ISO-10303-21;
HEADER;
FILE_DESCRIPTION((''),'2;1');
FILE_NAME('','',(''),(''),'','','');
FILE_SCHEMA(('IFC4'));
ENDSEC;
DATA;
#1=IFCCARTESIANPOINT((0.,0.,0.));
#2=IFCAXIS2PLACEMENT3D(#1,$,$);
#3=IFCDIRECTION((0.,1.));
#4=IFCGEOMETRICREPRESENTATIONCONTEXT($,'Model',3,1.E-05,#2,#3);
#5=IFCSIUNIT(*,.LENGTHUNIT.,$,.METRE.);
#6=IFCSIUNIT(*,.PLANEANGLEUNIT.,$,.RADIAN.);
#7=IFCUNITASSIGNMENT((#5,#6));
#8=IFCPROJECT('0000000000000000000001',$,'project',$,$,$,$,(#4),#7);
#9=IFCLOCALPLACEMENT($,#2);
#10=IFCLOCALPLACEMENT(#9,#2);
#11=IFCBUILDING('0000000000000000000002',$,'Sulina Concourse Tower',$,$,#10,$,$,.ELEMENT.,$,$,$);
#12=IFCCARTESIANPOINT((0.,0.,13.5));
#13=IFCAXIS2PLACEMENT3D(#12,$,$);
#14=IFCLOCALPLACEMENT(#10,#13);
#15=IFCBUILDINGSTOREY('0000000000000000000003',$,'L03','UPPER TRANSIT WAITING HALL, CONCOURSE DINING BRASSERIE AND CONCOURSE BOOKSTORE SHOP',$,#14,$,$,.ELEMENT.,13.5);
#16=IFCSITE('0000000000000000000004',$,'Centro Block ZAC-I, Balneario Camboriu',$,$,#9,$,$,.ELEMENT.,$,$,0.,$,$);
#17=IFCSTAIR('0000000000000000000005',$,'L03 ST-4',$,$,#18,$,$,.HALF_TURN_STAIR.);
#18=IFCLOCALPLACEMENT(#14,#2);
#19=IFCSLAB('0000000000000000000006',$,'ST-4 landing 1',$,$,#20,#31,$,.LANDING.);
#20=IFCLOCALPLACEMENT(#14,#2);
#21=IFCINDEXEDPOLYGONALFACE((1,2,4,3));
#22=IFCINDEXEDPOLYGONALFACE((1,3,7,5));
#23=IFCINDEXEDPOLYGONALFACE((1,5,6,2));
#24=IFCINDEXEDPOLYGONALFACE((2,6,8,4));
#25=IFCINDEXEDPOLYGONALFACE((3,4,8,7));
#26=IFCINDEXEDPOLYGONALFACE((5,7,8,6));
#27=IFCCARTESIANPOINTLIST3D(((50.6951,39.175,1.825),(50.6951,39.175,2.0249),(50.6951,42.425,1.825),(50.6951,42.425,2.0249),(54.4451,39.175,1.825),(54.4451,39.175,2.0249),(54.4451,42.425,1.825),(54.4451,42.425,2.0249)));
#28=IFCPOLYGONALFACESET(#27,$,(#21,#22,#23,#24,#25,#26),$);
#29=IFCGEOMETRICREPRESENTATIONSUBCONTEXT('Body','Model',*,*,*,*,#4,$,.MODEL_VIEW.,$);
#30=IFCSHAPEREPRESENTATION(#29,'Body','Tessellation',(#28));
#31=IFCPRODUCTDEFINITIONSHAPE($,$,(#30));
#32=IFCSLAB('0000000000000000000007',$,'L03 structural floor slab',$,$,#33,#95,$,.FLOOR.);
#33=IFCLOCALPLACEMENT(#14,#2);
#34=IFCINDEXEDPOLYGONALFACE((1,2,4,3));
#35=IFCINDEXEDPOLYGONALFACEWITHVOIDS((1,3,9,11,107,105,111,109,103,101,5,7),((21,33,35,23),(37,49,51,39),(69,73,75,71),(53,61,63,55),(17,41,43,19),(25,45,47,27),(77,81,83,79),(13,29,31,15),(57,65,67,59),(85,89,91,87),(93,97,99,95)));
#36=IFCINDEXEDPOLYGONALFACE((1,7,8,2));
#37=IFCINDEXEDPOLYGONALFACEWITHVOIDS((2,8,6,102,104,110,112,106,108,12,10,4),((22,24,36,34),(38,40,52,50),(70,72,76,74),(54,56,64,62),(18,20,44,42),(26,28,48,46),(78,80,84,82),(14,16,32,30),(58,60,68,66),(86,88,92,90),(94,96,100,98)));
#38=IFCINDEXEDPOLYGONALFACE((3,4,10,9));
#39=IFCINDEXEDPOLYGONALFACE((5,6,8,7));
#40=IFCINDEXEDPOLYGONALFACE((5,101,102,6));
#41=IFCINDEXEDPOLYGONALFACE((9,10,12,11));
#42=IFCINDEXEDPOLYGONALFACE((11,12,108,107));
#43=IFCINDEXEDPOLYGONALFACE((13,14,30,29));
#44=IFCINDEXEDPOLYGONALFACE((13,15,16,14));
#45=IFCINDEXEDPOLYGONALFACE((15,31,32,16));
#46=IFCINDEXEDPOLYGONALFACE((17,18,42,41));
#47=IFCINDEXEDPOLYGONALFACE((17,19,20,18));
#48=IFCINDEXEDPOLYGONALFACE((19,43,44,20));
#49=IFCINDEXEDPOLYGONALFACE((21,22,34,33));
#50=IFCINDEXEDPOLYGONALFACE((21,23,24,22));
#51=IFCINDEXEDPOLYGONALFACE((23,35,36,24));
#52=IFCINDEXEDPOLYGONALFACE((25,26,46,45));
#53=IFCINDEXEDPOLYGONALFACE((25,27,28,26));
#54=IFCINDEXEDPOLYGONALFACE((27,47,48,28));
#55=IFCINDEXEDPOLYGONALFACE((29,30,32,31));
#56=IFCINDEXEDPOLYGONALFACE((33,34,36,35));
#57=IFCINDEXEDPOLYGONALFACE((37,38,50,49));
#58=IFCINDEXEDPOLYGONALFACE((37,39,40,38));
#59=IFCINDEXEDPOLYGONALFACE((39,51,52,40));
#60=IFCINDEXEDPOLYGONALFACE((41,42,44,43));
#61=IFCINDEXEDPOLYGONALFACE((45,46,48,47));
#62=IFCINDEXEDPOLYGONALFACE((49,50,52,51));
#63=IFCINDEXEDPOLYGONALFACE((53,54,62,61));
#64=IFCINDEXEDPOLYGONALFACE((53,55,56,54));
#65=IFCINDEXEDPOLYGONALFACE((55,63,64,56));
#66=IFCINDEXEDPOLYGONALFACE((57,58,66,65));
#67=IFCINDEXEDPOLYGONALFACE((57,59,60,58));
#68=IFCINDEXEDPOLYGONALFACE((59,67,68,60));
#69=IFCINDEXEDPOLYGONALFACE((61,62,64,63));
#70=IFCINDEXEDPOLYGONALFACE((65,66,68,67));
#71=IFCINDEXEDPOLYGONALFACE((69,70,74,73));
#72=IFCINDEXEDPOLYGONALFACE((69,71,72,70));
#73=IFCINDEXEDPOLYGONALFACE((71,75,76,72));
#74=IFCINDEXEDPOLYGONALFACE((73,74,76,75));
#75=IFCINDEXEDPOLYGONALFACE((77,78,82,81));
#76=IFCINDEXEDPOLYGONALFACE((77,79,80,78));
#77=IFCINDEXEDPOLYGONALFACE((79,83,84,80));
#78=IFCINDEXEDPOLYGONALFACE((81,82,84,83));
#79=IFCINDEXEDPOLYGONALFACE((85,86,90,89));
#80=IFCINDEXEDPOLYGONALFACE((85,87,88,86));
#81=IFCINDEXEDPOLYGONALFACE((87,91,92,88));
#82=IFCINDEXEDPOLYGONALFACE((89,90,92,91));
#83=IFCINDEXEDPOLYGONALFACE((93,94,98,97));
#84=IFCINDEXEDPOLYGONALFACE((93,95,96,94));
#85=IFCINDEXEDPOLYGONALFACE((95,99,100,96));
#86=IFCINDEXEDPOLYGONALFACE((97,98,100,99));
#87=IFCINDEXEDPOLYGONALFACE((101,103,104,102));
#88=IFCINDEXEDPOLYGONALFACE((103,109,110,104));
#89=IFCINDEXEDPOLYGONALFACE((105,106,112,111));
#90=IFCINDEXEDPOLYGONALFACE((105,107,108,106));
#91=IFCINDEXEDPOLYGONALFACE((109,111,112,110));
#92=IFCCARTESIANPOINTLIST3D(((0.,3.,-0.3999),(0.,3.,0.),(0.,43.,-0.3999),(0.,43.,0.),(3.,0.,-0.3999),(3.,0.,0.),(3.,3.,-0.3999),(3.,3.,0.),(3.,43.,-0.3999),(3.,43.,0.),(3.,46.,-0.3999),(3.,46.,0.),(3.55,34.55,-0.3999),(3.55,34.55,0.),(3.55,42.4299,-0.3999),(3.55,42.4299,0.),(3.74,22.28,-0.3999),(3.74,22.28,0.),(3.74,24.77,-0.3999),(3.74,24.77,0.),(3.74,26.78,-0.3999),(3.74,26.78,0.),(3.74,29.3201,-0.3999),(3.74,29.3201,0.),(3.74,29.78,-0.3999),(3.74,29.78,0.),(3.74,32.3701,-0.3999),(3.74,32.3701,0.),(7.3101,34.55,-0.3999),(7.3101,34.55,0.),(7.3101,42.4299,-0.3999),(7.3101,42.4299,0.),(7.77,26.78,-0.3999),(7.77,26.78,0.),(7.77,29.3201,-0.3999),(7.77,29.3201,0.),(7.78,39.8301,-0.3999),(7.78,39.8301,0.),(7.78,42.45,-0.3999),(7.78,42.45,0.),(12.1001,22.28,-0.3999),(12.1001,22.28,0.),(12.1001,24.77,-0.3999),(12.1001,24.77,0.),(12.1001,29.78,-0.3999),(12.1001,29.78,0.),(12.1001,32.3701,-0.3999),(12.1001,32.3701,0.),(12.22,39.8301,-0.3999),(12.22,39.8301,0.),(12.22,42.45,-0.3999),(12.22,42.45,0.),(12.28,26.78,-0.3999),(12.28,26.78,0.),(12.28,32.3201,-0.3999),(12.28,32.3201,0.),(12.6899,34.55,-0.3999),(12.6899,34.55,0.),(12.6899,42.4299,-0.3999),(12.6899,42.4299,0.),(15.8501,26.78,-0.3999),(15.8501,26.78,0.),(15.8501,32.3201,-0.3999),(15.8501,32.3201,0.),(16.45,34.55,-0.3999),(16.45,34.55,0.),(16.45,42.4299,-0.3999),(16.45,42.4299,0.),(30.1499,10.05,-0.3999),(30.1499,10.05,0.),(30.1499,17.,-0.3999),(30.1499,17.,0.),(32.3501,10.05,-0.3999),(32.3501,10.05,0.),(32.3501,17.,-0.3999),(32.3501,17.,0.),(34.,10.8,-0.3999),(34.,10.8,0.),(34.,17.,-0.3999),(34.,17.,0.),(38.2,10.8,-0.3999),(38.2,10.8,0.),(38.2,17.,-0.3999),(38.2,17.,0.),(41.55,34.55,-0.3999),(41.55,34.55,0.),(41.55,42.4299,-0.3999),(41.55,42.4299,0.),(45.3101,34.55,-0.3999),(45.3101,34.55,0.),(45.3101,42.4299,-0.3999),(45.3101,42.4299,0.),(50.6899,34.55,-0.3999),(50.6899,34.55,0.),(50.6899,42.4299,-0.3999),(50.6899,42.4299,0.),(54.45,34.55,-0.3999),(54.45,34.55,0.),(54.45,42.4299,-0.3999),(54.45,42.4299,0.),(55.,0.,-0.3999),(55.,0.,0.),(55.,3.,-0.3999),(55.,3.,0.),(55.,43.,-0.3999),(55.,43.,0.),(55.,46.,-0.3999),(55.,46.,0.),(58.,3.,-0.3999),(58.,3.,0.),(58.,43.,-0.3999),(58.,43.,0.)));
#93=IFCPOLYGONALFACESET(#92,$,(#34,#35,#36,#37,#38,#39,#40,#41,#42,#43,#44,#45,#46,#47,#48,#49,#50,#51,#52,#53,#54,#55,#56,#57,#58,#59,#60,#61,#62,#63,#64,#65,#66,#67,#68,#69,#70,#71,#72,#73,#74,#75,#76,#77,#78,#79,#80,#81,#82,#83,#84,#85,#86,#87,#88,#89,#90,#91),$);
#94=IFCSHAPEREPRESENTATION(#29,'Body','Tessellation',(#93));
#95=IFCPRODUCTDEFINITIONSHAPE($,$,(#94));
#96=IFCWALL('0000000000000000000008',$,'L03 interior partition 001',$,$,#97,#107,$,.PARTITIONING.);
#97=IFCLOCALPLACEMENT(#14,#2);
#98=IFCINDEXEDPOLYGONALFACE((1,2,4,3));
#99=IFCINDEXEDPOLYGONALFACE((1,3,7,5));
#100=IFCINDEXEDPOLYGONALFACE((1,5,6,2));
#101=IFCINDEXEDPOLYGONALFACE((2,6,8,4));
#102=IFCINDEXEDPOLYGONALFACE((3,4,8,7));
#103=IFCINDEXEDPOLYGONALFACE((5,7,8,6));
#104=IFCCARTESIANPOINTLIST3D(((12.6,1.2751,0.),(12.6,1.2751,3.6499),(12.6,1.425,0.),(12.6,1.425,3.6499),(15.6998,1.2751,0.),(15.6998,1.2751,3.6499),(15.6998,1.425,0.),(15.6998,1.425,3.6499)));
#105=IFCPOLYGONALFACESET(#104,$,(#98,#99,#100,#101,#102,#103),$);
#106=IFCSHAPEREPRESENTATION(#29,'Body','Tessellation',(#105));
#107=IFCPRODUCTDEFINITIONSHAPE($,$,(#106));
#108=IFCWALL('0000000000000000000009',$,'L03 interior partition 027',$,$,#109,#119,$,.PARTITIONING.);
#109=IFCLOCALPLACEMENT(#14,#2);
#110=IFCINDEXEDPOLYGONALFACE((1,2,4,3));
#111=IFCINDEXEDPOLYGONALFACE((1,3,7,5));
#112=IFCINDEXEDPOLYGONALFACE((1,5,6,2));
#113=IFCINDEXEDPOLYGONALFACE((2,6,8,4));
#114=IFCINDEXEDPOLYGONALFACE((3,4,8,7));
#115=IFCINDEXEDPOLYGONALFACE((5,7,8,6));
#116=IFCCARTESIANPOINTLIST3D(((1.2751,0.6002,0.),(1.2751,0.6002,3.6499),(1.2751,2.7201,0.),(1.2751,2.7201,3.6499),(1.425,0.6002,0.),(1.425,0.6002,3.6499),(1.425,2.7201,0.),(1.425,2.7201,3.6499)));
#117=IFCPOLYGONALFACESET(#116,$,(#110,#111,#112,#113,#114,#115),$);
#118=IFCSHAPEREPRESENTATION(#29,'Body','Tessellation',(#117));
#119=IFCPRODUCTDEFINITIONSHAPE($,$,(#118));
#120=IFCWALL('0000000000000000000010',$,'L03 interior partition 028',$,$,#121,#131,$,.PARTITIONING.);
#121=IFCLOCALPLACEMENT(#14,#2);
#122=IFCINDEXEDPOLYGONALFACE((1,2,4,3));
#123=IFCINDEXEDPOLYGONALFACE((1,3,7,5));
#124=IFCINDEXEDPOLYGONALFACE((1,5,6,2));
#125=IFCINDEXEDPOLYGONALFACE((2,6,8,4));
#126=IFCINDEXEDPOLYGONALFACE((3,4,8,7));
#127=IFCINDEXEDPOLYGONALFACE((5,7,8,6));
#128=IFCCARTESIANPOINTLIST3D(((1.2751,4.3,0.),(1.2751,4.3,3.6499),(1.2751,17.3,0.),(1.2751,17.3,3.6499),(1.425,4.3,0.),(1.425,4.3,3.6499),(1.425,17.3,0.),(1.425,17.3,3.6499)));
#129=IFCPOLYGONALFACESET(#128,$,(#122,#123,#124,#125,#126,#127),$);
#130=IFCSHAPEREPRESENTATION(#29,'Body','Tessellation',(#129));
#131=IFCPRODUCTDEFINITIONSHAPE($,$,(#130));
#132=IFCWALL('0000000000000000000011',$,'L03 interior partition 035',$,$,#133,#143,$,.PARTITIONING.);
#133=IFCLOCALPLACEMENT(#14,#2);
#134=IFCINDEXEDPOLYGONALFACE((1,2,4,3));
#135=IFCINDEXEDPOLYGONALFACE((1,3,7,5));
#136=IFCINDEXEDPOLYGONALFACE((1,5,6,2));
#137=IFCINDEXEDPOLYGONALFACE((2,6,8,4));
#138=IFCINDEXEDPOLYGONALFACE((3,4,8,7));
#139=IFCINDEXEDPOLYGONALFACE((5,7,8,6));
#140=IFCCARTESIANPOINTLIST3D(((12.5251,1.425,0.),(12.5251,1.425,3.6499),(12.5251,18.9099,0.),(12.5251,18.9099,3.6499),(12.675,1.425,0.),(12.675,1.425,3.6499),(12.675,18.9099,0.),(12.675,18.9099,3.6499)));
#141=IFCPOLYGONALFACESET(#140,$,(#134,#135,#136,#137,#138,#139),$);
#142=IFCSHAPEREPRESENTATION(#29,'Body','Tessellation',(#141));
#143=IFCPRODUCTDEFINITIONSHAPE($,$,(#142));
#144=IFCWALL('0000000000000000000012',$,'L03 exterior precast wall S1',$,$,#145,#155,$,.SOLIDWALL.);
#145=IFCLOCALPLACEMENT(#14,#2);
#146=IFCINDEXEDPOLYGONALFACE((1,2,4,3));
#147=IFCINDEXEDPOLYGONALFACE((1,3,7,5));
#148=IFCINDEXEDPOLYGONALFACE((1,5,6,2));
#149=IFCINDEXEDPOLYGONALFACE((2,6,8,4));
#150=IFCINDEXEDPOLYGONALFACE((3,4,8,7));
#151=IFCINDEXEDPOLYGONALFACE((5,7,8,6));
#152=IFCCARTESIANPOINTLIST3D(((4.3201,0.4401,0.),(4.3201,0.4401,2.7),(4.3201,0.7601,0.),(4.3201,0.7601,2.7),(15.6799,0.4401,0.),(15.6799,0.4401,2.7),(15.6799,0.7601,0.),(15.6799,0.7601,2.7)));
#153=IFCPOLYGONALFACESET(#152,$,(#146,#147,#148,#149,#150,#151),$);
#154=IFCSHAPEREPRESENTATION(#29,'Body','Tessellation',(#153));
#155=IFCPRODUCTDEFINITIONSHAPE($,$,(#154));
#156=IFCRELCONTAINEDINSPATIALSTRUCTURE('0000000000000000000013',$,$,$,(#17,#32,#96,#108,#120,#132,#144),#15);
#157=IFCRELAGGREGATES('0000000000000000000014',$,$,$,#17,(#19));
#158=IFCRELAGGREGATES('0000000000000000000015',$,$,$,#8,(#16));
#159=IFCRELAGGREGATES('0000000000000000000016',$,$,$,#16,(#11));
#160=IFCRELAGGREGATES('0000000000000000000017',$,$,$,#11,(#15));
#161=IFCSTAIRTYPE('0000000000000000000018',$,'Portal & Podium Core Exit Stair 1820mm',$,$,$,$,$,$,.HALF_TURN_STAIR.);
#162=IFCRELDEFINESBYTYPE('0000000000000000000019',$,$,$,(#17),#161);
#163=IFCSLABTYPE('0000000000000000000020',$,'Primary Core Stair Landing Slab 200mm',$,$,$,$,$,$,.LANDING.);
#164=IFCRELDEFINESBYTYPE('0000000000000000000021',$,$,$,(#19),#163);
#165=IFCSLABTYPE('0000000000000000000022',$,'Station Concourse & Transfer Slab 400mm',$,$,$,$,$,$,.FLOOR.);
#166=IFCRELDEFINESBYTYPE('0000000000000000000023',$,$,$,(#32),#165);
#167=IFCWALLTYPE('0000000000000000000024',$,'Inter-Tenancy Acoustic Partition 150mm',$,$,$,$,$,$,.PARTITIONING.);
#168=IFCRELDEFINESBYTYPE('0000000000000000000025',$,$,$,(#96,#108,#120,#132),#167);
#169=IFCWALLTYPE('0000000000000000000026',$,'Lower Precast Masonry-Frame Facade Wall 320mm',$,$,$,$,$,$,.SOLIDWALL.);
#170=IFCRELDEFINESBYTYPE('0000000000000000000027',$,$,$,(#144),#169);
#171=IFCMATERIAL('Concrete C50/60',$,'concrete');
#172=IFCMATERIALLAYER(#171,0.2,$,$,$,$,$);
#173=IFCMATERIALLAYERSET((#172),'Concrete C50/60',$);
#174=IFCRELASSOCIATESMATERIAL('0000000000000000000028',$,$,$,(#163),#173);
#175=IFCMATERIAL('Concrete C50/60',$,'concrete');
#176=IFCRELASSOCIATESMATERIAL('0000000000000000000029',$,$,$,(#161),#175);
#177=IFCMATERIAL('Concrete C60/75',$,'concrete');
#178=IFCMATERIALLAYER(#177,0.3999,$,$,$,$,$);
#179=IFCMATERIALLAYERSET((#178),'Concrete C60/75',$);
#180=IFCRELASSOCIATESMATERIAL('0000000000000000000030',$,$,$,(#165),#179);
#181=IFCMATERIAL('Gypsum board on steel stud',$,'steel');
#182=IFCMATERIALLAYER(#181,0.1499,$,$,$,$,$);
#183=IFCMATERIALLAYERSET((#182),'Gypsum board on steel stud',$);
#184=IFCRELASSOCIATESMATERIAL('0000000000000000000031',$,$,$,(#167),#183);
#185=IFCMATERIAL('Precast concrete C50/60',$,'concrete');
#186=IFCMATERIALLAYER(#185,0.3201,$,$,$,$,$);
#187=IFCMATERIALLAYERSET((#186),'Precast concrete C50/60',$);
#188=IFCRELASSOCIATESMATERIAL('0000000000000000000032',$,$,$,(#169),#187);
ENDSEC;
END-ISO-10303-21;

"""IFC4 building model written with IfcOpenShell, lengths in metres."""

from ifc_helpers import new_model, si_unit, direction, frame, frame_2d, origin, place, context, subcontext, project, spatial, polyline, rectangle, outline, extrude, material, layer, layer_set, type_object, element, aggregate, save


model = new_model("IFC4")

# Units and contexts
model_context = context("Model", 3, precision=1e-05, world=origin(), true_north=direction((0.0, 1.0)))
body_context = subcontext(model_context, "Body", "Model", "MODEL_VIEW")
ifc_project = project(units=[si_unit("LENGTHUNIT", "METRE"), si_unit("PLANEANGLEUNIT", "RADIAN")], contexts=[model_context])

# Site, building, storey
site_placement = place(None, origin())
site = spatial("IfcSite", under=ifc_project, at=site_placement, Name="Centro Block ZAC-I, Balneario Camboriu", CompositionType="ELEMENT", RefElevation=0.0)
building_placement = place(site_placement, origin())
building = spatial("IfcBuilding", under=site, at=building_placement, Name="Sulina Concourse Tower", CompositionType="ELEMENT")
storey_placement = place(building_placement, frame((0.0, 0.0, 13.5)))
storey = spatial("IfcBuildingStorey", under=building, at=storey_placement, Name="L03", Description="UPPER TRANSIT WAITING HALL, CONCOURSE DINING BRASSERIE AND CONCOURSE BOOKSTORE SHOP", CompositionType="ELEMENT", Elevation=13.5)

# Shared definitions
ifc_material_1 = material(Name="Concrete C50/60", Category="concrete")
ifc_layer_1 = layer(ifc_material_1, 0.2)
ifc_layer_set_1 = layer_set([ifc_layer_1], Name="Concrete C50/60")
slab_type_1 = type_object("IfcSlabType", Name="Primary Core Stair Landing Slab 200mm", PredefinedType="LANDING", material=ifc_layer_set_1)

# Stair, slab
ifc_material_2 = material(Name="Concrete C50/60", Category="concrete")
stair_type_1 = type_object("IfcStairType", Name="Portal & Podium Core Exit Stair 1820mm", PredefinedType="HALF_TURN_STAIR", material=ifc_material_2)
stair_1_placement = place(storey_placement, origin())
stair_1 = element("IfcStair", 1, at=stair_1_placement, inside=storey, type_object=stair_type_1, Name="L03 ST-4", PredefinedType="HALF_TURN_STAIR")
slab_1_placement = place(storey_placement, frame((0.0, 0.0, 1.825)))
slab_1 = element("IfcSlab", 2, at=slab_1_placement, type_object=slab_type_1, Name="ST-4 landing 1", PredefinedType="LANDING", context=body_context, shape_type="SweptSolid", body=[
    extrude(outline(polyline([(54.4451, 39.175), (54.4451, 42.425), (50.6951, 42.425), (50.6951, 39.175), (54.4451, 39.175)])), origin(), (0.0, 0.0, 1.0), 0.2),
])
aggregate(stair_1, [slab_1])

# Slab
ifc_material_3 = material(Name="Concrete C60/75", Category="concrete")
ifc_layer_2 = layer(ifc_material_3, 0.3999)
ifc_layer_set_2 = layer_set([ifc_layer_2], Name="Concrete C60/75")
slab_type_2 = type_object("IfcSlabType", Name="Station Concourse & Transfer Slab 400mm", PredefinedType="FLOOR", material=ifc_layer_set_2)
slab_2_placement = place(storey_placement, frame((0.0, 0.0, -0.3999)))
element("IfcSlab", 3, at=slab_2_placement, inside=storey, type_object=slab_type_2, Name="L03 structural floor slab", PredefinedType="FLOOR", context=body_context, shape_type="SweptSolid", body=[
    extrude(outline(polyline([(3.0, 0.0), (55.0, 0.0), (55.0, 3.0), (58.0, 3.0), (58.0, 43.0), (55.0, 43.0), (55.0, 46.0), (3.0, 46.0), (3.0, 43.0), (0.0, 43.0), (0.0, 3.0), (3.0, 3.0), (3.0, 0.0)]), holes=[polyline([(7.3101, 34.55), (7.3101, 42.4299), (3.55, 42.4299), (3.55, 34.55), (7.3101, 34.55)]), polyline([(16.45, 34.55), (16.45, 42.4299), (12.6899, 42.4299), (12.6899, 34.55), (16.45, 34.55)]), polyline([(45.3101, 34.55), (45.3101, 42.4299), (41.55, 42.4299), (41.55, 34.55), (45.3101, 34.55)]), polyline([(54.45, 34.55), (54.45, 42.4299), (50.6899, 42.4299), (50.6899, 34.55), (54.45, 34.55)]), polyline([(30.1499, 10.05), (32.3501, 10.05), (32.3501, 17.0), (30.1499, 17.0), (30.1499, 10.05)]), polyline([(34.0, 10.8), (38.2, 10.8), (38.2, 17.0), (34.0, 17.0), (34.0, 10.8)]), polyline([(7.78, 39.8301), (12.22, 39.8301), (12.22, 42.45), (7.78, 42.45), (7.78, 39.8301)]), polyline([(3.74, 26.78), (7.77, 26.78), (7.77, 29.3201), (3.74, 29.3201), (3.74, 26.78)]), polyline([(3.74, 29.78), (12.1001, 29.78), (12.1001, 32.3701), (3.74, 32.3701), (3.74, 29.78)]), polyline([(3.74, 22.28), (12.1001, 22.28), (12.1001, 24.77), (3.74, 24.77), (3.74, 22.28)]), polyline([(12.28, 26.78), (15.8501, 26.78), (15.8501, 32.3201), (12.28, 32.3201), (12.28, 26.78)])]), origin(), (0.0, 0.0, 1.0), 0.3999),
])

# Walls
ifc_material_4 = material(Name="Gypsum board on steel stud", Category="steel")
ifc_layer_3 = layer(ifc_material_4, 0.1499)
ifc_layer_set_3 = layer_set([ifc_layer_3], Name="Gypsum board on steel stud")
wall_type_1 = type_object("IfcWallType", Name="Inter-Tenancy Acoustic Partition 150mm", PredefinedType="PARTITIONING", material=ifc_layer_set_3)
wall_1_placement = place(storey_placement, frame((12.6001, 1.3501, 0.0), z_axis=(0.0, 0.0, 1.0), x_axis=(1.0, 0.0, 0.0)))
element("IfcWall", 4, at=wall_1_placement, inside=storey, type_object=wall_type_1, Name="L03 interior partition 001", PredefinedType="PARTITIONING", context=body_context, shape_type="SweptSolid", body=[
    extrude(rectangle(XDim=3.0999, YDim=0.1499, at=frame_2d((1.5498, 0.0))), origin(), (0.0, 0.0, 1.0), 3.6499),
])
wall_2_placement = place(storey_placement, frame((1.3501, 0.6001, 0.0), z_axis=(0.0, 0.0, 1.0), x_axis=(0.0, 1.0, 0.0)))
element("IfcWall", 5, at=wall_2_placement, inside=storey, type_object=wall_type_1, Name="L03 interior partition 027", PredefinedType="PARTITIONING", context=body_context, shape_type="SweptSolid", body=[
    extrude(rectangle(XDim=2.1199, YDim=0.1499, at=frame_2d((1.0601, 0.0))), origin(), (0.0, 0.0, 1.0), 3.6499),
])
wall_3_placement = place(storey_placement, frame((1.3501, 4.3, 0.0), z_axis=(0.0, 0.0, 1.0), x_axis=(0.0, 1.0, 0.0)))
element("IfcWall", 6, at=wall_3_placement, inside=storey, type_object=wall_type_1, Name="L03 interior partition 028", PredefinedType="PARTITIONING", context=body_context, shape_type="SweptSolid", body=[
    extrude(rectangle(XDim=13.0, YDim=0.1499, at=frame_2d((6.5, 0.0))), origin(), (0.0, 0.0, 1.0), 3.6499),
])
wall_4_placement = place(storey_placement, frame((12.6001, 1.425, 0.0), z_axis=(0.0, 0.0, 1.0), x_axis=(0.0, 1.0, 0.0)))
element("IfcWall", 7, at=wall_4_placement, inside=storey, type_object=wall_type_1, Name="L03 interior partition 035", PredefinedType="PARTITIONING", context=body_context, shape_type="SweptSolid", body=[
    extrude(rectangle(XDim=17.4849, YDim=0.1499, at=frame_2d((8.7424, 0.0))), origin(), (0.0, 0.0, 1.0), 3.6499),
])
ifc_material_5 = material(Name="Precast concrete C50/60", Category="concrete")
ifc_layer_4 = layer(ifc_material_5, 0.3201)
ifc_layer_set_4 = layer_set([ifc_layer_4], Name="Precast concrete C50/60")
wall_type_2 = type_object("IfcWallType", Name="Lower Precast Masonry-Frame Facade Wall 320mm", PredefinedType="SOLIDWALL", material=ifc_layer_set_4)
wall_5_placement = place(storey_placement, frame((15.6799, 0.6001, 0.0), z_axis=(0.0, 0.0, 1.0), x_axis=(-1.0, 0.0, 0.0)))
element("IfcWall", 8, at=wall_5_placement, inside=storey, type_object=wall_type_2, Name="L03 exterior precast wall S1", PredefinedType="SOLIDWALL", context=body_context, shape_type="SweptSolid", body=[
    extrude(rectangle(XDim=11.3599, YDim=0.3201, at=frame_2d((5.6799, 0.0))), origin(), (0.0, 0.0, 1.0), 2.7),
])

save(model, "model.ifc")
